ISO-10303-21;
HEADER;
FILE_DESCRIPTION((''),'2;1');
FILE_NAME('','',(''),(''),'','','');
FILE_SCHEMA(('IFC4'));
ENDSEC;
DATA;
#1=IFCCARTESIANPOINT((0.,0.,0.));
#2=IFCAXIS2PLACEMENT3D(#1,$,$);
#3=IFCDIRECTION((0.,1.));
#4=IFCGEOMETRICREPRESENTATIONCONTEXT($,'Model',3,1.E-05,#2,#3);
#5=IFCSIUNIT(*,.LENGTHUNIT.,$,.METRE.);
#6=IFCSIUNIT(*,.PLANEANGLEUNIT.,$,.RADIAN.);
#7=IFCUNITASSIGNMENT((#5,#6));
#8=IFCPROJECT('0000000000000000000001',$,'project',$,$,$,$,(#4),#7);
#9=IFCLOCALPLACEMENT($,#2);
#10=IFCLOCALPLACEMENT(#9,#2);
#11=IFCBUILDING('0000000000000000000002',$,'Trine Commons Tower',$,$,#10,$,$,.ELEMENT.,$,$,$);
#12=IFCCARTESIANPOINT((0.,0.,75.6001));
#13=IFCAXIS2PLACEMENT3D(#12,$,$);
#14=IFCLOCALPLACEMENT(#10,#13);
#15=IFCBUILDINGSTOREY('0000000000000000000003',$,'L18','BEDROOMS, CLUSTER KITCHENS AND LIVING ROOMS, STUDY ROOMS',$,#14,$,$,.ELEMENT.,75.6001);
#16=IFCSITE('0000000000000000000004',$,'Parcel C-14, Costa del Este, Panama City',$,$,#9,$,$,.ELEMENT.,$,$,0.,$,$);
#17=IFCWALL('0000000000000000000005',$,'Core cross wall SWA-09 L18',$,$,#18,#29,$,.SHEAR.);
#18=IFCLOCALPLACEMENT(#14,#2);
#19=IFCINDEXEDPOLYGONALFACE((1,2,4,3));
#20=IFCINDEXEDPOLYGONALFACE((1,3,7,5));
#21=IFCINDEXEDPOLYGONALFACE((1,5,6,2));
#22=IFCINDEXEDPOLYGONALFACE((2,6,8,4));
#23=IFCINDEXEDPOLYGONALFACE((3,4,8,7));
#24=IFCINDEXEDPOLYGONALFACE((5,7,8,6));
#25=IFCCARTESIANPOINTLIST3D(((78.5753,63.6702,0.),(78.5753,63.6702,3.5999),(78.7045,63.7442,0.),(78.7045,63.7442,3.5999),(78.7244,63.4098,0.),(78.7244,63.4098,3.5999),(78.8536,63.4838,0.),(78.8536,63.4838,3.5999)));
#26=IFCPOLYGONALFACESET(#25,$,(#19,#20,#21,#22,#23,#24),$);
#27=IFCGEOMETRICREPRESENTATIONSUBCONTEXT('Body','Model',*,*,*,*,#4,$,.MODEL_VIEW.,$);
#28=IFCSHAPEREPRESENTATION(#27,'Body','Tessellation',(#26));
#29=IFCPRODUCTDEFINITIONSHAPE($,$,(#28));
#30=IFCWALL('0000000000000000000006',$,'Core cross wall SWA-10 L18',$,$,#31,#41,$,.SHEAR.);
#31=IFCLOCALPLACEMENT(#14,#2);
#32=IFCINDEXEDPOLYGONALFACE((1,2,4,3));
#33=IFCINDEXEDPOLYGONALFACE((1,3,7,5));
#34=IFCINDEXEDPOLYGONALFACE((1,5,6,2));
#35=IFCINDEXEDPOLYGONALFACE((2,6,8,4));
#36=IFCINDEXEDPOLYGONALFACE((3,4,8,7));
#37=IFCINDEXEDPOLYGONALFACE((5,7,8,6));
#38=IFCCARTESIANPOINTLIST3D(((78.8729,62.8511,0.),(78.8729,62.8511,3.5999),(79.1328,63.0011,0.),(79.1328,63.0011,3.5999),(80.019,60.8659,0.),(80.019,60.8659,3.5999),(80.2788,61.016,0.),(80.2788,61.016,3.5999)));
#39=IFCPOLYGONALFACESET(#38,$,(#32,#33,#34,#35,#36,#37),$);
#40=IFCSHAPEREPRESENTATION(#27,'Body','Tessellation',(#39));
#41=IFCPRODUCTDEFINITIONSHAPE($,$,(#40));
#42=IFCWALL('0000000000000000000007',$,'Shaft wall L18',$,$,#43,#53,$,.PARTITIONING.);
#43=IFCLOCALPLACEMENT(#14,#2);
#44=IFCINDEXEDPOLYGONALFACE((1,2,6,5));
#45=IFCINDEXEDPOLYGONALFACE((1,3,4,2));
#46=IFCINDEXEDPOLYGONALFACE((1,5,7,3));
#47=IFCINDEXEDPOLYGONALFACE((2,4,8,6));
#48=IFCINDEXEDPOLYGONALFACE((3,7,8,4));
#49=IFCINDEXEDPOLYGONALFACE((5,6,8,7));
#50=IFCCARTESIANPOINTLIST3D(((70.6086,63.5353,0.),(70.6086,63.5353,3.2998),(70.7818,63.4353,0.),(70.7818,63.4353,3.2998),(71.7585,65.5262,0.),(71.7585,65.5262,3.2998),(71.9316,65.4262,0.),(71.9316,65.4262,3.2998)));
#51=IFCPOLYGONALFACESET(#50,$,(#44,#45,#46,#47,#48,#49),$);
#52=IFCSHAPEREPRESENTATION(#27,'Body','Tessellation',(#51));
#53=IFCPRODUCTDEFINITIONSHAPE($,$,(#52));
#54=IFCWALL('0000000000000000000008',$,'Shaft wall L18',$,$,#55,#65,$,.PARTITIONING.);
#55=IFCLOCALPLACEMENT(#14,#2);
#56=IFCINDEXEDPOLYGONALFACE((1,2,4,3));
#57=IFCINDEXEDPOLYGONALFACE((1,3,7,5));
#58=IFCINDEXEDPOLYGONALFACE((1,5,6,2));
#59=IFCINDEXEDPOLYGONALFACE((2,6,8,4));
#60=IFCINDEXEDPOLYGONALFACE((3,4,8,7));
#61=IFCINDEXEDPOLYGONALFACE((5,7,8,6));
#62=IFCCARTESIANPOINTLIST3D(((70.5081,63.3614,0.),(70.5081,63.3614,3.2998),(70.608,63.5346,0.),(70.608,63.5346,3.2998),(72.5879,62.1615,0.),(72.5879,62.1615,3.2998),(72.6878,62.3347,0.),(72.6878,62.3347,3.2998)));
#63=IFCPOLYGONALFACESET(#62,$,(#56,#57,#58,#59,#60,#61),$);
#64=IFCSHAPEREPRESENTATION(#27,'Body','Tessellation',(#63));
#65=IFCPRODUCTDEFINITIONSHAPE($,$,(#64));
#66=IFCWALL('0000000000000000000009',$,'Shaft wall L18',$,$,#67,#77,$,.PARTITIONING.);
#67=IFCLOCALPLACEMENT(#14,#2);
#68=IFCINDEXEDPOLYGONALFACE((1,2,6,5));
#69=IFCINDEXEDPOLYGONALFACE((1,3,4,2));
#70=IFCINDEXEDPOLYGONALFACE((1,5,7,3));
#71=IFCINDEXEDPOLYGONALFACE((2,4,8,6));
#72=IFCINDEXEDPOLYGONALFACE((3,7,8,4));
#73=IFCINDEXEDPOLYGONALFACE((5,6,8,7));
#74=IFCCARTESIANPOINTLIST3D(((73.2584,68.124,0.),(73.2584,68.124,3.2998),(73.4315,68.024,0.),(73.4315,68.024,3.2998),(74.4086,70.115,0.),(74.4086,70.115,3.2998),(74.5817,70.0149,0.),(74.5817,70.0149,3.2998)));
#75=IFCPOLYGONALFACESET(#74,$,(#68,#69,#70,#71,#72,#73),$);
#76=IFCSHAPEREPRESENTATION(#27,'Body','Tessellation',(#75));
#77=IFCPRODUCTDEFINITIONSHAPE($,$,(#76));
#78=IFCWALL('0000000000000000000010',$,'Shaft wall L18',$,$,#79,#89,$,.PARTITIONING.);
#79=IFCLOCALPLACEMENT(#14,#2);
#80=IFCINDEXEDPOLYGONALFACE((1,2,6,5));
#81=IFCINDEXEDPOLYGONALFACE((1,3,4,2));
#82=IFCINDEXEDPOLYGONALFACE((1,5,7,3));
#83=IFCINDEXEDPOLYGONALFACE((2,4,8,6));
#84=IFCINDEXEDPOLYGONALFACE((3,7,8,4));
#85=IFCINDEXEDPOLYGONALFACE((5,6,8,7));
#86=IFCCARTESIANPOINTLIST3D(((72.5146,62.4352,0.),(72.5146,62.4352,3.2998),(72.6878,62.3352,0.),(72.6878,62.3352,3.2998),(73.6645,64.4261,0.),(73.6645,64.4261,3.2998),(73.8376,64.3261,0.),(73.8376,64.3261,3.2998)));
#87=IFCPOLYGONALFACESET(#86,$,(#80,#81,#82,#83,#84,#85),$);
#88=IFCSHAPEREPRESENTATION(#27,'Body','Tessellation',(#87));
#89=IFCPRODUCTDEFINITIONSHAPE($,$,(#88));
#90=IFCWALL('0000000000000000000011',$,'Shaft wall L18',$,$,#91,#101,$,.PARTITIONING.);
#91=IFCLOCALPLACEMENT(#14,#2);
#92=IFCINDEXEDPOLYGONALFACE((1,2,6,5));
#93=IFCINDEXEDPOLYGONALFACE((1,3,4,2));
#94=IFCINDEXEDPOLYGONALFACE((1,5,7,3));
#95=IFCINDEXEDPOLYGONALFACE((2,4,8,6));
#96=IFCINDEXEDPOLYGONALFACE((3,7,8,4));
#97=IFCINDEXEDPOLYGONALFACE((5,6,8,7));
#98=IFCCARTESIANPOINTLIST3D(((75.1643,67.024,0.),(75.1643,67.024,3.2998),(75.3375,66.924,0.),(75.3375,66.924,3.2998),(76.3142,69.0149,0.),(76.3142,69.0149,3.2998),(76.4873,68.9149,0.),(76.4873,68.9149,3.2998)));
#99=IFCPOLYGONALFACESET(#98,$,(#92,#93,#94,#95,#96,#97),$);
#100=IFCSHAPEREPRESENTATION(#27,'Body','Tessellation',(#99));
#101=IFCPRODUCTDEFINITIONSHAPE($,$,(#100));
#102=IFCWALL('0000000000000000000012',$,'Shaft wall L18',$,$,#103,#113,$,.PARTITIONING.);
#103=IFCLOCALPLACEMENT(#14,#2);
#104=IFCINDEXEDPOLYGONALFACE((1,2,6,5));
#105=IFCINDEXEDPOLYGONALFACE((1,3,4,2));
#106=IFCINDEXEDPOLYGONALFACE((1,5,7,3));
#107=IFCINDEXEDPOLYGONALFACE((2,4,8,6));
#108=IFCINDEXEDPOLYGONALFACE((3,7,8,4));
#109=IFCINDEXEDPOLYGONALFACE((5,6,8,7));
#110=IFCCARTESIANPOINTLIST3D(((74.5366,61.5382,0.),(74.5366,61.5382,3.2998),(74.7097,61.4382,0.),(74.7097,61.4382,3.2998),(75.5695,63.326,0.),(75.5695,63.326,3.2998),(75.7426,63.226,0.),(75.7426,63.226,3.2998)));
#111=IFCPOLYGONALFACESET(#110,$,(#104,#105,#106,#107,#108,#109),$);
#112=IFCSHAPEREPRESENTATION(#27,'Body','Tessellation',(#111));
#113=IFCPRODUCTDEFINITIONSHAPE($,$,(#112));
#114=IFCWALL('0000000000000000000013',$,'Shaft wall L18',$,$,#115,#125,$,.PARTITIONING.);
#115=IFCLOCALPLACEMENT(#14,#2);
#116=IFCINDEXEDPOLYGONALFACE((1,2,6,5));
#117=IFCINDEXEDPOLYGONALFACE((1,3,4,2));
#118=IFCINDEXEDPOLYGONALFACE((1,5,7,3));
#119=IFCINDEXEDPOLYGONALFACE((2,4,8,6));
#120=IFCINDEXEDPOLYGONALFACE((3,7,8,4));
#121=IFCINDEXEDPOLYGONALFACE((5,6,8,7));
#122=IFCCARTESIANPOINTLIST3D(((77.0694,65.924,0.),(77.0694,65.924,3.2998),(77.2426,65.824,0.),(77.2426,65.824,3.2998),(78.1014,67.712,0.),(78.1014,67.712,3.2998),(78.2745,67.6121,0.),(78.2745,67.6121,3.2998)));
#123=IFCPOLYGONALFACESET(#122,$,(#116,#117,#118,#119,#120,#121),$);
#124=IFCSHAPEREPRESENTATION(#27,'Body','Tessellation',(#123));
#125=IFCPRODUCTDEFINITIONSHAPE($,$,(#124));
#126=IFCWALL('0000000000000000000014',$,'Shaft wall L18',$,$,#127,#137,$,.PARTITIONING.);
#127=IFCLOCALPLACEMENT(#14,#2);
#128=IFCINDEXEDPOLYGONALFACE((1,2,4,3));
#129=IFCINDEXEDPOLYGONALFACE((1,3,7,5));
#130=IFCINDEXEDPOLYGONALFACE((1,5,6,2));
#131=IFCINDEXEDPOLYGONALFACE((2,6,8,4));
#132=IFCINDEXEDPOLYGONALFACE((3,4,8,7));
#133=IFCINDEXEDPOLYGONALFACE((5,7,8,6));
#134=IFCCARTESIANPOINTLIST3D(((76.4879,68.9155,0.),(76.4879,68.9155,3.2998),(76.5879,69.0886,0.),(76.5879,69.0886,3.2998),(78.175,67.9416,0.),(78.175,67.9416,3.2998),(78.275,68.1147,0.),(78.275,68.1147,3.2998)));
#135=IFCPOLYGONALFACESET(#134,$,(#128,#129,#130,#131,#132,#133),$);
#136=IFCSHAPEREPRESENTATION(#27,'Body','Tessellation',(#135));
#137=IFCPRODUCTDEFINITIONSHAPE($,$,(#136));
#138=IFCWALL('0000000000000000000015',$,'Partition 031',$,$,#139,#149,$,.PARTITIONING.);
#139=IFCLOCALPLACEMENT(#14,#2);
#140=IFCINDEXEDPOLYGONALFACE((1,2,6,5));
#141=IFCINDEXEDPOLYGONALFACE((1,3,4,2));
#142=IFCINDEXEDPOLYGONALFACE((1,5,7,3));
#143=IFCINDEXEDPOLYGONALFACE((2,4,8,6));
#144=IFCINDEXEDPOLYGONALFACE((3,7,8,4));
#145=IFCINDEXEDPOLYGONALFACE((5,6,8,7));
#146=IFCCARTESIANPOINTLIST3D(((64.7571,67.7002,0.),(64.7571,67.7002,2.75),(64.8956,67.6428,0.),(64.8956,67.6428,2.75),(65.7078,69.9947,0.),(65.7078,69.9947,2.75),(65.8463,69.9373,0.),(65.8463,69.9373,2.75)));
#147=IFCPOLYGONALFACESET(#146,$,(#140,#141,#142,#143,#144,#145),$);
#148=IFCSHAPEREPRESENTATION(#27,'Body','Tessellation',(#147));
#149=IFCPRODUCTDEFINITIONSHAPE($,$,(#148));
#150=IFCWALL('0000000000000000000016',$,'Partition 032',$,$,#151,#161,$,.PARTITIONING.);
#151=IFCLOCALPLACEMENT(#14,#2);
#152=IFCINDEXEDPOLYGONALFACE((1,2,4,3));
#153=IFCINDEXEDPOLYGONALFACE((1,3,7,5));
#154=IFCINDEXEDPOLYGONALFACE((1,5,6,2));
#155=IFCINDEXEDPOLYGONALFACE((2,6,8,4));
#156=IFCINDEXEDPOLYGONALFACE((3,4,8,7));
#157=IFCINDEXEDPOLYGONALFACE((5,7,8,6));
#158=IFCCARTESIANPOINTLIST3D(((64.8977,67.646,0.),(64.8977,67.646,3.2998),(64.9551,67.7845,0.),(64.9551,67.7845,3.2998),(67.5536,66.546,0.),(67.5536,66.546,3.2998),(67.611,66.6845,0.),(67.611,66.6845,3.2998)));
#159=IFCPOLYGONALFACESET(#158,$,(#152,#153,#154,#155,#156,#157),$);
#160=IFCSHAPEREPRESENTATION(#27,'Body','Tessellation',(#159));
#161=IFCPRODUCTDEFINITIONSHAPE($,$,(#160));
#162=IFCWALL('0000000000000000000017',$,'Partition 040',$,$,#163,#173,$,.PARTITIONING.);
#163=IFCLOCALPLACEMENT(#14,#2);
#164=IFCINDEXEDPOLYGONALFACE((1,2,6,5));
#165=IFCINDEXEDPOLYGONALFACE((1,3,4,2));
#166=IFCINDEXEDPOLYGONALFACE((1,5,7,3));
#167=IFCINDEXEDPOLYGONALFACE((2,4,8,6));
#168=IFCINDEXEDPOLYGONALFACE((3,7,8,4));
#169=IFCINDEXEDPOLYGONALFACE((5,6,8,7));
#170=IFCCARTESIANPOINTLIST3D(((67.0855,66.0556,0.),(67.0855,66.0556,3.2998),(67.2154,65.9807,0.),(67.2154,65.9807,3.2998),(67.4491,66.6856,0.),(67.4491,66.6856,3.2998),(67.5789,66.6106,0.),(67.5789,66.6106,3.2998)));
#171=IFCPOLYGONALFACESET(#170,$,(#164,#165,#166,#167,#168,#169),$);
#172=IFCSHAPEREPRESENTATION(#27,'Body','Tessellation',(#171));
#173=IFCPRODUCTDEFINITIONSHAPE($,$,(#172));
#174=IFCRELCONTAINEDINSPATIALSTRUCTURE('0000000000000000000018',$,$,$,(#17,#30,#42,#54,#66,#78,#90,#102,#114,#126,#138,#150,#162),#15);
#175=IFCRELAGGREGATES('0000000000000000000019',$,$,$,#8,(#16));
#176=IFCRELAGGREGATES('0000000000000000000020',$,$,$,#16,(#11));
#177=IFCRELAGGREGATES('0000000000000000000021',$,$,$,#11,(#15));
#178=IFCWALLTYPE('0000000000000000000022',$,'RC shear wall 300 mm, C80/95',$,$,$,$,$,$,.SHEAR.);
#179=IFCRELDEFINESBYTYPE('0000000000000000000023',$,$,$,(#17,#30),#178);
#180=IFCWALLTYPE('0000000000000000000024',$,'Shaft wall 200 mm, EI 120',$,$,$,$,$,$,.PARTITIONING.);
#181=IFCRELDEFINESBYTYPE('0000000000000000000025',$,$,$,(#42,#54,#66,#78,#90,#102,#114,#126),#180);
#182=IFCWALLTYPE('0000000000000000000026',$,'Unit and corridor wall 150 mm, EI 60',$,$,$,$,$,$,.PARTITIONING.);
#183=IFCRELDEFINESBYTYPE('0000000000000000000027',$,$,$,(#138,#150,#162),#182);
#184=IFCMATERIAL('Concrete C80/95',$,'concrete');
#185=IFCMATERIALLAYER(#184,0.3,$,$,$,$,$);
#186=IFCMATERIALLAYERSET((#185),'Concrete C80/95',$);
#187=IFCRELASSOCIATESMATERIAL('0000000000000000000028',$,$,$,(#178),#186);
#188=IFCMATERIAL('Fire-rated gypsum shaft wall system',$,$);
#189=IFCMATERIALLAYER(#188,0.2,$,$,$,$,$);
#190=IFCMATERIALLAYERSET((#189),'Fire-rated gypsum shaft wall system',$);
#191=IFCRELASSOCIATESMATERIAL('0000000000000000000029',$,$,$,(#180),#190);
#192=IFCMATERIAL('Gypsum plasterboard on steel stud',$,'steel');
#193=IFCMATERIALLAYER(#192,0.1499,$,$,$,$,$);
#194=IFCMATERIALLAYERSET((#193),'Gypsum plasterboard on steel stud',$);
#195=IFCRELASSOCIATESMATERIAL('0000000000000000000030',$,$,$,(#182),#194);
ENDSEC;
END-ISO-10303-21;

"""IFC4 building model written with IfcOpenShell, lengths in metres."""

from ifc_helpers import new_model, si_unit, direction, frame, frame_2d, origin, place, context, subcontext, project, spatial, rectangle, extrude, material, layer, layer_set, type_object, element, save


model = new_model("IFC4")

# Units and contexts
model_context = context("Model", 3, precision=1e-05, world=origin(), true_north=direction((0.0, 1.0)))
body_context = subcontext(model_context, "Body", "Model", "MODEL_VIEW")
ifc_project = project(units=[si_unit("LENGTHUNIT", "METRE"), si_unit("PLANEANGLEUNIT", "RADIAN")], contexts=[model_context])

# Site, building, storey
site_placement = place(None, origin())
site = spatial("IfcSite", under=ifc_project, at=site_placement, Name="Parcel C-14, Costa del Este, Panama City", CompositionType="ELEMENT", RefElevation=0.0)
building_placement = place(site_placement, origin())
building = spatial("IfcBuilding", under=site, at=building_placement, Name="Trine Commons Tower", CompositionType="ELEMENT")
storey_placement = place(building_placement, frame((0.0, 0.0, 75.6001)))
storey = spatial("IfcBuildingStorey", under=building, at=storey_placement, Name="L18", Description="BEDROOMS, CLUSTER KITCHENS AND LIVING ROOMS, STUDY ROOMS", CompositionType="ELEMENT", Elevation=75.6001)

# Shared definitions
ifc_material_1 = material(Name="Fire-rated gypsum shaft wall system")
ifc_material_2 = material(Name="Concrete C80/95", Category="concrete")
ifc_layer_1 = layer(ifc_material_2, 0.3)
ifc_layer_set_1 = layer_set([ifc_layer_1], Name="Concrete C80/95")
wall_type_1 = type_object("IfcWallType", Name="RC shear wall 300 mm, C80/95", PredefinedType="SHEAR", material=ifc_layer_set_1)

# Walls
wall_1_placement = place(storey_placement, frame((78.7791, 63.614, 0.0), z_axis=(0.0, 0.0, 1.0), x_axis=(-0.867738, -0.497022, 0.0)))
element("IfcWall", 1, at=wall_1_placement, inside=storey, type_object=wall_type_1, Name="Core cross wall SWA-09 L18", PredefinedType="SHEAR", context=body_context, shape_type="SweptSolid", body=[
    extrude(rectangle(XDim=0.1489, YDim=0.3, at=frame_2d((0.0745, 0.0))), origin(), (0.0, 0.0, 1.0), 3.5999),
])
wall_2_placement = place(storey_placement, frame((79.0029, 62.926, 0.0), z_axis=(0.0, 0.0, 1.0), x_axis=(0.499965, -0.866045, 0.0)))
element("IfcWall", 2, at=wall_2_placement, inside=storey, type_object=wall_type_1, Name="Core cross wall SWA-10 L18", PredefinedType="SHEAR", context=body_context, shape_type="SweptSolid", body=[
    extrude(rectangle(XDim=2.2922, YDim=0.3, at=frame_2d((1.146, 0.0))), origin(), (0.0, 0.0, 1.0), 3.5999),
])
ifc_layer_2 = layer(ifc_material_1, 0.2)
ifc_layer_set_2 = layer_set([ifc_layer_2], Name="Fire-rated gypsum shaft wall system")
wall_type_2 = type_object("IfcWallType", Name="Shaft wall 200 mm, EI 120", PredefinedType="PARTITIONING", material=ifc_layer_set_2)
wall_3_placement = place(storey_placement, frame((71.845, 65.4761, 0.0), z_axis=(0.0, 0.0, 1.0), x_axis=(-0.500136, -0.865947, 0.0)))
element("IfcWall", 3, at=wall_3_placement, inside=storey, type_object=wall_type_2, Name="Shaft wall L18", PredefinedType="PARTITIONING", context=body_context, shape_type="SweptSolid", body=[
    extrude(rectangle(XDim=2.2991, YDim=0.2, at=frame_2d((1.1494, 0.0))), origin(), (0.0, 0.0, 1.0), 3.2998),
])
wall_4_placement = place(storey_placement, frame((72.6379, 62.248, 0.0), z_axis=(0.0, 0.0, 1.0), x_axis=(-0.866177, 0.499737, 0.0)))
element("IfcWall", 4, at=wall_4_placement, inside=storey, type_object=wall_type_2, Name="Shaft wall L18", PredefinedType="PARTITIONING", context=body_context, shape_type="SweptSolid", body=[
    extrude(rectangle(XDim=2.4011, YDim=0.2, at=frame_2d((1.2007, 0.0))), origin(), (0.0, 0.0, 1.0), 3.2998),
])
wall_5_placement = place(storey_placement, frame((73.345, 68.074, 0.0), z_axis=(0.0, 0.0, 1.0), x_axis=(0.500216, 0.865901, 0.0)))
element("IfcWall", 5, at=wall_5_placement, inside=storey, type_object=wall_type_2, Name="Shaft wall L18", PredefinedType="PARTITIONING", context=body_context, shape_type="SweptSolid", body=[
    extrude(rectangle(XDim=2.2993, YDim=0.2, at=frame_2d((1.1497, 0.0))), origin(), (0.0, 0.0, 1.0), 3.2998),
])
for number, where, z_axis, x_axis, name in (
    (6, (73.751, 64.376, 0.0), (0.0, 0.0, 1.0), (-0.500136, -0.865947, 0.0), "Shaft wall L18"),
    (7, (75.251, 66.9741, 0.0), (0.0, 0.0, 1.0), (0.500136, 0.865947, 0.0), "Shaft wall L18"),
):
    element("IfcWall", number, at=place(storey_placement, frame(where, z_axis=z_axis, x_axis=x_axis)), inside=storey, type_object=wall_type_2, Name=name, PredefinedType="PARTITIONING", context=body_context, shape_type="SweptSolid", body=[
        extrude(rectangle(XDim=2.2991, YDim=0.2, at=frame_2d((1.1494, 0.0))), origin(), (0.0, 0.0, 1.0), 3.2998),
    ])
wall_6_placement = place(storey_placement, frame((75.656, 63.2759, 0.0), z_axis=(0.0, 0.0, 1.0), x_axis=(-0.500272, -0.865868, 0.0)))
element("IfcWall", 8, at=wall_6_placement, inside=storey, type_object=wall_type_2, Name="Shaft wall L18", PredefinedType="PARTITIONING", context=body_context, shape_type="SweptSolid", body=[
    extrude(rectangle(XDim=2.0647, YDim=0.2, at=frame_2d((1.0322, 0.0))), origin(), (0.0, 0.0, 1.0), 3.2998),
])
wall_7_placement = place(storey_placement, frame((77.156, 65.874, 0.0), z_axis=(0.0, 0.0, 1.0), x_axis=(0.499866, 0.866103, 0.0)))
element("IfcWall", 9, at=wall_7_placement, inside=storey, type_object=wall_type_2, Name="Shaft wall L18", PredefinedType="PARTITIONING", context=body_context, shape_type="SweptSolid", body=[
    extrude(rectangle(XDim=2.0645, YDim=0.2, at=frame_2d((1.0322, 0.0))), origin(), (0.0, 0.0, 1.0), 3.2998),
])
wall_8_placement = place(storey_placement, frame((78.2251, 68.0281, 0.0), z_axis=(0.0, 0.0, 1.0), x_axis=(-0.866052, 0.499954, 0.0)))
element("IfcWall", 10, at=wall_8_placement, inside=storey, type_object=wall_type_2, Name="Shaft wall L18", PredefinedType="PARTITIONING", context=body_context, shape_type="SweptSolid", body=[
    extrude(rectangle(XDim=1.948, YDim=0.2, at=frame_2d((0.9741, 0.0))), origin(), (0.0, 0.0, 1.0), 3.2998),
])
ifc_material_3 = material(Name="Gypsum plasterboard on steel stud", Category="steel")
ifc_layer_3 = layer(ifc_material_3, 0.1499)
ifc_layer_set_3 = layer_set([ifc_layer_3], Name="Gypsum plasterboard on steel stud")
wall_type_3 = type_object("IfcWallType", Name="Unit and corridor wall 150 mm, EI 60", PredefinedType="PARTITIONING", material=ifc_layer_set_3)
wall_9_placement = place(storey_placement, frame((64.8264, 67.6716, 0.0), z_axis=(0.0, 0.0, 1.0), x_axis=(0.382786, 0.923837, 0.0)))
element("IfcWall", 11, at=wall_9_placement, inside=storey, type_object=wall_type_3, Name="Partition 031", PredefinedType="PARTITIONING", context=body_context, shape_type="SweptSolid", body=[
    extrude(rectangle(XDim=2.4836, YDim=0.1499, at=frame_2d((1.2417, 0.0))), origin(), (0.0, 0.0, 1.0), 2.75),
])
wall_10_placement = place(storey_placement, frame((64.9263, 67.7153, 0.0), z_axis=(0.0, 0.0, 1.0), x_axis=(0.923886, -0.382667, 0.0)))
element("IfcWall", 12, at=wall_10_placement, inside=storey, type_object=wall_type_3, Name="Partition 032", PredefinedType="PARTITIONING", context=body_context, shape_type="SweptSolid", body=[
    extrude(rectangle(XDim=2.8748, YDim=0.1499, at=frame_2d((1.4375, 0.0))), origin(), (0.0, 0.0, 1.0), 3.2998),
])
wall_11_placement = place(storey_placement, frame((67.1504, 66.0181, 0.0), z_axis=(0.0, 0.0, 1.0), x_axis=(0.499858, 0.866107, 0.0)))
element("IfcWall", 13, at=wall_11_placement, inside=storey, type_object=wall_type_3, Name="Partition 040", PredefinedType="PARTITIONING", context=body_context, shape_type="SweptSolid", body=[
    extrude(rectangle(XDim=0.7273, YDim=0.1499, at=frame_2d((0.3638, 0.0))), origin(), (0.0, 0.0, 1.0), 3.2998),
])

save(model, "model.ifc")
